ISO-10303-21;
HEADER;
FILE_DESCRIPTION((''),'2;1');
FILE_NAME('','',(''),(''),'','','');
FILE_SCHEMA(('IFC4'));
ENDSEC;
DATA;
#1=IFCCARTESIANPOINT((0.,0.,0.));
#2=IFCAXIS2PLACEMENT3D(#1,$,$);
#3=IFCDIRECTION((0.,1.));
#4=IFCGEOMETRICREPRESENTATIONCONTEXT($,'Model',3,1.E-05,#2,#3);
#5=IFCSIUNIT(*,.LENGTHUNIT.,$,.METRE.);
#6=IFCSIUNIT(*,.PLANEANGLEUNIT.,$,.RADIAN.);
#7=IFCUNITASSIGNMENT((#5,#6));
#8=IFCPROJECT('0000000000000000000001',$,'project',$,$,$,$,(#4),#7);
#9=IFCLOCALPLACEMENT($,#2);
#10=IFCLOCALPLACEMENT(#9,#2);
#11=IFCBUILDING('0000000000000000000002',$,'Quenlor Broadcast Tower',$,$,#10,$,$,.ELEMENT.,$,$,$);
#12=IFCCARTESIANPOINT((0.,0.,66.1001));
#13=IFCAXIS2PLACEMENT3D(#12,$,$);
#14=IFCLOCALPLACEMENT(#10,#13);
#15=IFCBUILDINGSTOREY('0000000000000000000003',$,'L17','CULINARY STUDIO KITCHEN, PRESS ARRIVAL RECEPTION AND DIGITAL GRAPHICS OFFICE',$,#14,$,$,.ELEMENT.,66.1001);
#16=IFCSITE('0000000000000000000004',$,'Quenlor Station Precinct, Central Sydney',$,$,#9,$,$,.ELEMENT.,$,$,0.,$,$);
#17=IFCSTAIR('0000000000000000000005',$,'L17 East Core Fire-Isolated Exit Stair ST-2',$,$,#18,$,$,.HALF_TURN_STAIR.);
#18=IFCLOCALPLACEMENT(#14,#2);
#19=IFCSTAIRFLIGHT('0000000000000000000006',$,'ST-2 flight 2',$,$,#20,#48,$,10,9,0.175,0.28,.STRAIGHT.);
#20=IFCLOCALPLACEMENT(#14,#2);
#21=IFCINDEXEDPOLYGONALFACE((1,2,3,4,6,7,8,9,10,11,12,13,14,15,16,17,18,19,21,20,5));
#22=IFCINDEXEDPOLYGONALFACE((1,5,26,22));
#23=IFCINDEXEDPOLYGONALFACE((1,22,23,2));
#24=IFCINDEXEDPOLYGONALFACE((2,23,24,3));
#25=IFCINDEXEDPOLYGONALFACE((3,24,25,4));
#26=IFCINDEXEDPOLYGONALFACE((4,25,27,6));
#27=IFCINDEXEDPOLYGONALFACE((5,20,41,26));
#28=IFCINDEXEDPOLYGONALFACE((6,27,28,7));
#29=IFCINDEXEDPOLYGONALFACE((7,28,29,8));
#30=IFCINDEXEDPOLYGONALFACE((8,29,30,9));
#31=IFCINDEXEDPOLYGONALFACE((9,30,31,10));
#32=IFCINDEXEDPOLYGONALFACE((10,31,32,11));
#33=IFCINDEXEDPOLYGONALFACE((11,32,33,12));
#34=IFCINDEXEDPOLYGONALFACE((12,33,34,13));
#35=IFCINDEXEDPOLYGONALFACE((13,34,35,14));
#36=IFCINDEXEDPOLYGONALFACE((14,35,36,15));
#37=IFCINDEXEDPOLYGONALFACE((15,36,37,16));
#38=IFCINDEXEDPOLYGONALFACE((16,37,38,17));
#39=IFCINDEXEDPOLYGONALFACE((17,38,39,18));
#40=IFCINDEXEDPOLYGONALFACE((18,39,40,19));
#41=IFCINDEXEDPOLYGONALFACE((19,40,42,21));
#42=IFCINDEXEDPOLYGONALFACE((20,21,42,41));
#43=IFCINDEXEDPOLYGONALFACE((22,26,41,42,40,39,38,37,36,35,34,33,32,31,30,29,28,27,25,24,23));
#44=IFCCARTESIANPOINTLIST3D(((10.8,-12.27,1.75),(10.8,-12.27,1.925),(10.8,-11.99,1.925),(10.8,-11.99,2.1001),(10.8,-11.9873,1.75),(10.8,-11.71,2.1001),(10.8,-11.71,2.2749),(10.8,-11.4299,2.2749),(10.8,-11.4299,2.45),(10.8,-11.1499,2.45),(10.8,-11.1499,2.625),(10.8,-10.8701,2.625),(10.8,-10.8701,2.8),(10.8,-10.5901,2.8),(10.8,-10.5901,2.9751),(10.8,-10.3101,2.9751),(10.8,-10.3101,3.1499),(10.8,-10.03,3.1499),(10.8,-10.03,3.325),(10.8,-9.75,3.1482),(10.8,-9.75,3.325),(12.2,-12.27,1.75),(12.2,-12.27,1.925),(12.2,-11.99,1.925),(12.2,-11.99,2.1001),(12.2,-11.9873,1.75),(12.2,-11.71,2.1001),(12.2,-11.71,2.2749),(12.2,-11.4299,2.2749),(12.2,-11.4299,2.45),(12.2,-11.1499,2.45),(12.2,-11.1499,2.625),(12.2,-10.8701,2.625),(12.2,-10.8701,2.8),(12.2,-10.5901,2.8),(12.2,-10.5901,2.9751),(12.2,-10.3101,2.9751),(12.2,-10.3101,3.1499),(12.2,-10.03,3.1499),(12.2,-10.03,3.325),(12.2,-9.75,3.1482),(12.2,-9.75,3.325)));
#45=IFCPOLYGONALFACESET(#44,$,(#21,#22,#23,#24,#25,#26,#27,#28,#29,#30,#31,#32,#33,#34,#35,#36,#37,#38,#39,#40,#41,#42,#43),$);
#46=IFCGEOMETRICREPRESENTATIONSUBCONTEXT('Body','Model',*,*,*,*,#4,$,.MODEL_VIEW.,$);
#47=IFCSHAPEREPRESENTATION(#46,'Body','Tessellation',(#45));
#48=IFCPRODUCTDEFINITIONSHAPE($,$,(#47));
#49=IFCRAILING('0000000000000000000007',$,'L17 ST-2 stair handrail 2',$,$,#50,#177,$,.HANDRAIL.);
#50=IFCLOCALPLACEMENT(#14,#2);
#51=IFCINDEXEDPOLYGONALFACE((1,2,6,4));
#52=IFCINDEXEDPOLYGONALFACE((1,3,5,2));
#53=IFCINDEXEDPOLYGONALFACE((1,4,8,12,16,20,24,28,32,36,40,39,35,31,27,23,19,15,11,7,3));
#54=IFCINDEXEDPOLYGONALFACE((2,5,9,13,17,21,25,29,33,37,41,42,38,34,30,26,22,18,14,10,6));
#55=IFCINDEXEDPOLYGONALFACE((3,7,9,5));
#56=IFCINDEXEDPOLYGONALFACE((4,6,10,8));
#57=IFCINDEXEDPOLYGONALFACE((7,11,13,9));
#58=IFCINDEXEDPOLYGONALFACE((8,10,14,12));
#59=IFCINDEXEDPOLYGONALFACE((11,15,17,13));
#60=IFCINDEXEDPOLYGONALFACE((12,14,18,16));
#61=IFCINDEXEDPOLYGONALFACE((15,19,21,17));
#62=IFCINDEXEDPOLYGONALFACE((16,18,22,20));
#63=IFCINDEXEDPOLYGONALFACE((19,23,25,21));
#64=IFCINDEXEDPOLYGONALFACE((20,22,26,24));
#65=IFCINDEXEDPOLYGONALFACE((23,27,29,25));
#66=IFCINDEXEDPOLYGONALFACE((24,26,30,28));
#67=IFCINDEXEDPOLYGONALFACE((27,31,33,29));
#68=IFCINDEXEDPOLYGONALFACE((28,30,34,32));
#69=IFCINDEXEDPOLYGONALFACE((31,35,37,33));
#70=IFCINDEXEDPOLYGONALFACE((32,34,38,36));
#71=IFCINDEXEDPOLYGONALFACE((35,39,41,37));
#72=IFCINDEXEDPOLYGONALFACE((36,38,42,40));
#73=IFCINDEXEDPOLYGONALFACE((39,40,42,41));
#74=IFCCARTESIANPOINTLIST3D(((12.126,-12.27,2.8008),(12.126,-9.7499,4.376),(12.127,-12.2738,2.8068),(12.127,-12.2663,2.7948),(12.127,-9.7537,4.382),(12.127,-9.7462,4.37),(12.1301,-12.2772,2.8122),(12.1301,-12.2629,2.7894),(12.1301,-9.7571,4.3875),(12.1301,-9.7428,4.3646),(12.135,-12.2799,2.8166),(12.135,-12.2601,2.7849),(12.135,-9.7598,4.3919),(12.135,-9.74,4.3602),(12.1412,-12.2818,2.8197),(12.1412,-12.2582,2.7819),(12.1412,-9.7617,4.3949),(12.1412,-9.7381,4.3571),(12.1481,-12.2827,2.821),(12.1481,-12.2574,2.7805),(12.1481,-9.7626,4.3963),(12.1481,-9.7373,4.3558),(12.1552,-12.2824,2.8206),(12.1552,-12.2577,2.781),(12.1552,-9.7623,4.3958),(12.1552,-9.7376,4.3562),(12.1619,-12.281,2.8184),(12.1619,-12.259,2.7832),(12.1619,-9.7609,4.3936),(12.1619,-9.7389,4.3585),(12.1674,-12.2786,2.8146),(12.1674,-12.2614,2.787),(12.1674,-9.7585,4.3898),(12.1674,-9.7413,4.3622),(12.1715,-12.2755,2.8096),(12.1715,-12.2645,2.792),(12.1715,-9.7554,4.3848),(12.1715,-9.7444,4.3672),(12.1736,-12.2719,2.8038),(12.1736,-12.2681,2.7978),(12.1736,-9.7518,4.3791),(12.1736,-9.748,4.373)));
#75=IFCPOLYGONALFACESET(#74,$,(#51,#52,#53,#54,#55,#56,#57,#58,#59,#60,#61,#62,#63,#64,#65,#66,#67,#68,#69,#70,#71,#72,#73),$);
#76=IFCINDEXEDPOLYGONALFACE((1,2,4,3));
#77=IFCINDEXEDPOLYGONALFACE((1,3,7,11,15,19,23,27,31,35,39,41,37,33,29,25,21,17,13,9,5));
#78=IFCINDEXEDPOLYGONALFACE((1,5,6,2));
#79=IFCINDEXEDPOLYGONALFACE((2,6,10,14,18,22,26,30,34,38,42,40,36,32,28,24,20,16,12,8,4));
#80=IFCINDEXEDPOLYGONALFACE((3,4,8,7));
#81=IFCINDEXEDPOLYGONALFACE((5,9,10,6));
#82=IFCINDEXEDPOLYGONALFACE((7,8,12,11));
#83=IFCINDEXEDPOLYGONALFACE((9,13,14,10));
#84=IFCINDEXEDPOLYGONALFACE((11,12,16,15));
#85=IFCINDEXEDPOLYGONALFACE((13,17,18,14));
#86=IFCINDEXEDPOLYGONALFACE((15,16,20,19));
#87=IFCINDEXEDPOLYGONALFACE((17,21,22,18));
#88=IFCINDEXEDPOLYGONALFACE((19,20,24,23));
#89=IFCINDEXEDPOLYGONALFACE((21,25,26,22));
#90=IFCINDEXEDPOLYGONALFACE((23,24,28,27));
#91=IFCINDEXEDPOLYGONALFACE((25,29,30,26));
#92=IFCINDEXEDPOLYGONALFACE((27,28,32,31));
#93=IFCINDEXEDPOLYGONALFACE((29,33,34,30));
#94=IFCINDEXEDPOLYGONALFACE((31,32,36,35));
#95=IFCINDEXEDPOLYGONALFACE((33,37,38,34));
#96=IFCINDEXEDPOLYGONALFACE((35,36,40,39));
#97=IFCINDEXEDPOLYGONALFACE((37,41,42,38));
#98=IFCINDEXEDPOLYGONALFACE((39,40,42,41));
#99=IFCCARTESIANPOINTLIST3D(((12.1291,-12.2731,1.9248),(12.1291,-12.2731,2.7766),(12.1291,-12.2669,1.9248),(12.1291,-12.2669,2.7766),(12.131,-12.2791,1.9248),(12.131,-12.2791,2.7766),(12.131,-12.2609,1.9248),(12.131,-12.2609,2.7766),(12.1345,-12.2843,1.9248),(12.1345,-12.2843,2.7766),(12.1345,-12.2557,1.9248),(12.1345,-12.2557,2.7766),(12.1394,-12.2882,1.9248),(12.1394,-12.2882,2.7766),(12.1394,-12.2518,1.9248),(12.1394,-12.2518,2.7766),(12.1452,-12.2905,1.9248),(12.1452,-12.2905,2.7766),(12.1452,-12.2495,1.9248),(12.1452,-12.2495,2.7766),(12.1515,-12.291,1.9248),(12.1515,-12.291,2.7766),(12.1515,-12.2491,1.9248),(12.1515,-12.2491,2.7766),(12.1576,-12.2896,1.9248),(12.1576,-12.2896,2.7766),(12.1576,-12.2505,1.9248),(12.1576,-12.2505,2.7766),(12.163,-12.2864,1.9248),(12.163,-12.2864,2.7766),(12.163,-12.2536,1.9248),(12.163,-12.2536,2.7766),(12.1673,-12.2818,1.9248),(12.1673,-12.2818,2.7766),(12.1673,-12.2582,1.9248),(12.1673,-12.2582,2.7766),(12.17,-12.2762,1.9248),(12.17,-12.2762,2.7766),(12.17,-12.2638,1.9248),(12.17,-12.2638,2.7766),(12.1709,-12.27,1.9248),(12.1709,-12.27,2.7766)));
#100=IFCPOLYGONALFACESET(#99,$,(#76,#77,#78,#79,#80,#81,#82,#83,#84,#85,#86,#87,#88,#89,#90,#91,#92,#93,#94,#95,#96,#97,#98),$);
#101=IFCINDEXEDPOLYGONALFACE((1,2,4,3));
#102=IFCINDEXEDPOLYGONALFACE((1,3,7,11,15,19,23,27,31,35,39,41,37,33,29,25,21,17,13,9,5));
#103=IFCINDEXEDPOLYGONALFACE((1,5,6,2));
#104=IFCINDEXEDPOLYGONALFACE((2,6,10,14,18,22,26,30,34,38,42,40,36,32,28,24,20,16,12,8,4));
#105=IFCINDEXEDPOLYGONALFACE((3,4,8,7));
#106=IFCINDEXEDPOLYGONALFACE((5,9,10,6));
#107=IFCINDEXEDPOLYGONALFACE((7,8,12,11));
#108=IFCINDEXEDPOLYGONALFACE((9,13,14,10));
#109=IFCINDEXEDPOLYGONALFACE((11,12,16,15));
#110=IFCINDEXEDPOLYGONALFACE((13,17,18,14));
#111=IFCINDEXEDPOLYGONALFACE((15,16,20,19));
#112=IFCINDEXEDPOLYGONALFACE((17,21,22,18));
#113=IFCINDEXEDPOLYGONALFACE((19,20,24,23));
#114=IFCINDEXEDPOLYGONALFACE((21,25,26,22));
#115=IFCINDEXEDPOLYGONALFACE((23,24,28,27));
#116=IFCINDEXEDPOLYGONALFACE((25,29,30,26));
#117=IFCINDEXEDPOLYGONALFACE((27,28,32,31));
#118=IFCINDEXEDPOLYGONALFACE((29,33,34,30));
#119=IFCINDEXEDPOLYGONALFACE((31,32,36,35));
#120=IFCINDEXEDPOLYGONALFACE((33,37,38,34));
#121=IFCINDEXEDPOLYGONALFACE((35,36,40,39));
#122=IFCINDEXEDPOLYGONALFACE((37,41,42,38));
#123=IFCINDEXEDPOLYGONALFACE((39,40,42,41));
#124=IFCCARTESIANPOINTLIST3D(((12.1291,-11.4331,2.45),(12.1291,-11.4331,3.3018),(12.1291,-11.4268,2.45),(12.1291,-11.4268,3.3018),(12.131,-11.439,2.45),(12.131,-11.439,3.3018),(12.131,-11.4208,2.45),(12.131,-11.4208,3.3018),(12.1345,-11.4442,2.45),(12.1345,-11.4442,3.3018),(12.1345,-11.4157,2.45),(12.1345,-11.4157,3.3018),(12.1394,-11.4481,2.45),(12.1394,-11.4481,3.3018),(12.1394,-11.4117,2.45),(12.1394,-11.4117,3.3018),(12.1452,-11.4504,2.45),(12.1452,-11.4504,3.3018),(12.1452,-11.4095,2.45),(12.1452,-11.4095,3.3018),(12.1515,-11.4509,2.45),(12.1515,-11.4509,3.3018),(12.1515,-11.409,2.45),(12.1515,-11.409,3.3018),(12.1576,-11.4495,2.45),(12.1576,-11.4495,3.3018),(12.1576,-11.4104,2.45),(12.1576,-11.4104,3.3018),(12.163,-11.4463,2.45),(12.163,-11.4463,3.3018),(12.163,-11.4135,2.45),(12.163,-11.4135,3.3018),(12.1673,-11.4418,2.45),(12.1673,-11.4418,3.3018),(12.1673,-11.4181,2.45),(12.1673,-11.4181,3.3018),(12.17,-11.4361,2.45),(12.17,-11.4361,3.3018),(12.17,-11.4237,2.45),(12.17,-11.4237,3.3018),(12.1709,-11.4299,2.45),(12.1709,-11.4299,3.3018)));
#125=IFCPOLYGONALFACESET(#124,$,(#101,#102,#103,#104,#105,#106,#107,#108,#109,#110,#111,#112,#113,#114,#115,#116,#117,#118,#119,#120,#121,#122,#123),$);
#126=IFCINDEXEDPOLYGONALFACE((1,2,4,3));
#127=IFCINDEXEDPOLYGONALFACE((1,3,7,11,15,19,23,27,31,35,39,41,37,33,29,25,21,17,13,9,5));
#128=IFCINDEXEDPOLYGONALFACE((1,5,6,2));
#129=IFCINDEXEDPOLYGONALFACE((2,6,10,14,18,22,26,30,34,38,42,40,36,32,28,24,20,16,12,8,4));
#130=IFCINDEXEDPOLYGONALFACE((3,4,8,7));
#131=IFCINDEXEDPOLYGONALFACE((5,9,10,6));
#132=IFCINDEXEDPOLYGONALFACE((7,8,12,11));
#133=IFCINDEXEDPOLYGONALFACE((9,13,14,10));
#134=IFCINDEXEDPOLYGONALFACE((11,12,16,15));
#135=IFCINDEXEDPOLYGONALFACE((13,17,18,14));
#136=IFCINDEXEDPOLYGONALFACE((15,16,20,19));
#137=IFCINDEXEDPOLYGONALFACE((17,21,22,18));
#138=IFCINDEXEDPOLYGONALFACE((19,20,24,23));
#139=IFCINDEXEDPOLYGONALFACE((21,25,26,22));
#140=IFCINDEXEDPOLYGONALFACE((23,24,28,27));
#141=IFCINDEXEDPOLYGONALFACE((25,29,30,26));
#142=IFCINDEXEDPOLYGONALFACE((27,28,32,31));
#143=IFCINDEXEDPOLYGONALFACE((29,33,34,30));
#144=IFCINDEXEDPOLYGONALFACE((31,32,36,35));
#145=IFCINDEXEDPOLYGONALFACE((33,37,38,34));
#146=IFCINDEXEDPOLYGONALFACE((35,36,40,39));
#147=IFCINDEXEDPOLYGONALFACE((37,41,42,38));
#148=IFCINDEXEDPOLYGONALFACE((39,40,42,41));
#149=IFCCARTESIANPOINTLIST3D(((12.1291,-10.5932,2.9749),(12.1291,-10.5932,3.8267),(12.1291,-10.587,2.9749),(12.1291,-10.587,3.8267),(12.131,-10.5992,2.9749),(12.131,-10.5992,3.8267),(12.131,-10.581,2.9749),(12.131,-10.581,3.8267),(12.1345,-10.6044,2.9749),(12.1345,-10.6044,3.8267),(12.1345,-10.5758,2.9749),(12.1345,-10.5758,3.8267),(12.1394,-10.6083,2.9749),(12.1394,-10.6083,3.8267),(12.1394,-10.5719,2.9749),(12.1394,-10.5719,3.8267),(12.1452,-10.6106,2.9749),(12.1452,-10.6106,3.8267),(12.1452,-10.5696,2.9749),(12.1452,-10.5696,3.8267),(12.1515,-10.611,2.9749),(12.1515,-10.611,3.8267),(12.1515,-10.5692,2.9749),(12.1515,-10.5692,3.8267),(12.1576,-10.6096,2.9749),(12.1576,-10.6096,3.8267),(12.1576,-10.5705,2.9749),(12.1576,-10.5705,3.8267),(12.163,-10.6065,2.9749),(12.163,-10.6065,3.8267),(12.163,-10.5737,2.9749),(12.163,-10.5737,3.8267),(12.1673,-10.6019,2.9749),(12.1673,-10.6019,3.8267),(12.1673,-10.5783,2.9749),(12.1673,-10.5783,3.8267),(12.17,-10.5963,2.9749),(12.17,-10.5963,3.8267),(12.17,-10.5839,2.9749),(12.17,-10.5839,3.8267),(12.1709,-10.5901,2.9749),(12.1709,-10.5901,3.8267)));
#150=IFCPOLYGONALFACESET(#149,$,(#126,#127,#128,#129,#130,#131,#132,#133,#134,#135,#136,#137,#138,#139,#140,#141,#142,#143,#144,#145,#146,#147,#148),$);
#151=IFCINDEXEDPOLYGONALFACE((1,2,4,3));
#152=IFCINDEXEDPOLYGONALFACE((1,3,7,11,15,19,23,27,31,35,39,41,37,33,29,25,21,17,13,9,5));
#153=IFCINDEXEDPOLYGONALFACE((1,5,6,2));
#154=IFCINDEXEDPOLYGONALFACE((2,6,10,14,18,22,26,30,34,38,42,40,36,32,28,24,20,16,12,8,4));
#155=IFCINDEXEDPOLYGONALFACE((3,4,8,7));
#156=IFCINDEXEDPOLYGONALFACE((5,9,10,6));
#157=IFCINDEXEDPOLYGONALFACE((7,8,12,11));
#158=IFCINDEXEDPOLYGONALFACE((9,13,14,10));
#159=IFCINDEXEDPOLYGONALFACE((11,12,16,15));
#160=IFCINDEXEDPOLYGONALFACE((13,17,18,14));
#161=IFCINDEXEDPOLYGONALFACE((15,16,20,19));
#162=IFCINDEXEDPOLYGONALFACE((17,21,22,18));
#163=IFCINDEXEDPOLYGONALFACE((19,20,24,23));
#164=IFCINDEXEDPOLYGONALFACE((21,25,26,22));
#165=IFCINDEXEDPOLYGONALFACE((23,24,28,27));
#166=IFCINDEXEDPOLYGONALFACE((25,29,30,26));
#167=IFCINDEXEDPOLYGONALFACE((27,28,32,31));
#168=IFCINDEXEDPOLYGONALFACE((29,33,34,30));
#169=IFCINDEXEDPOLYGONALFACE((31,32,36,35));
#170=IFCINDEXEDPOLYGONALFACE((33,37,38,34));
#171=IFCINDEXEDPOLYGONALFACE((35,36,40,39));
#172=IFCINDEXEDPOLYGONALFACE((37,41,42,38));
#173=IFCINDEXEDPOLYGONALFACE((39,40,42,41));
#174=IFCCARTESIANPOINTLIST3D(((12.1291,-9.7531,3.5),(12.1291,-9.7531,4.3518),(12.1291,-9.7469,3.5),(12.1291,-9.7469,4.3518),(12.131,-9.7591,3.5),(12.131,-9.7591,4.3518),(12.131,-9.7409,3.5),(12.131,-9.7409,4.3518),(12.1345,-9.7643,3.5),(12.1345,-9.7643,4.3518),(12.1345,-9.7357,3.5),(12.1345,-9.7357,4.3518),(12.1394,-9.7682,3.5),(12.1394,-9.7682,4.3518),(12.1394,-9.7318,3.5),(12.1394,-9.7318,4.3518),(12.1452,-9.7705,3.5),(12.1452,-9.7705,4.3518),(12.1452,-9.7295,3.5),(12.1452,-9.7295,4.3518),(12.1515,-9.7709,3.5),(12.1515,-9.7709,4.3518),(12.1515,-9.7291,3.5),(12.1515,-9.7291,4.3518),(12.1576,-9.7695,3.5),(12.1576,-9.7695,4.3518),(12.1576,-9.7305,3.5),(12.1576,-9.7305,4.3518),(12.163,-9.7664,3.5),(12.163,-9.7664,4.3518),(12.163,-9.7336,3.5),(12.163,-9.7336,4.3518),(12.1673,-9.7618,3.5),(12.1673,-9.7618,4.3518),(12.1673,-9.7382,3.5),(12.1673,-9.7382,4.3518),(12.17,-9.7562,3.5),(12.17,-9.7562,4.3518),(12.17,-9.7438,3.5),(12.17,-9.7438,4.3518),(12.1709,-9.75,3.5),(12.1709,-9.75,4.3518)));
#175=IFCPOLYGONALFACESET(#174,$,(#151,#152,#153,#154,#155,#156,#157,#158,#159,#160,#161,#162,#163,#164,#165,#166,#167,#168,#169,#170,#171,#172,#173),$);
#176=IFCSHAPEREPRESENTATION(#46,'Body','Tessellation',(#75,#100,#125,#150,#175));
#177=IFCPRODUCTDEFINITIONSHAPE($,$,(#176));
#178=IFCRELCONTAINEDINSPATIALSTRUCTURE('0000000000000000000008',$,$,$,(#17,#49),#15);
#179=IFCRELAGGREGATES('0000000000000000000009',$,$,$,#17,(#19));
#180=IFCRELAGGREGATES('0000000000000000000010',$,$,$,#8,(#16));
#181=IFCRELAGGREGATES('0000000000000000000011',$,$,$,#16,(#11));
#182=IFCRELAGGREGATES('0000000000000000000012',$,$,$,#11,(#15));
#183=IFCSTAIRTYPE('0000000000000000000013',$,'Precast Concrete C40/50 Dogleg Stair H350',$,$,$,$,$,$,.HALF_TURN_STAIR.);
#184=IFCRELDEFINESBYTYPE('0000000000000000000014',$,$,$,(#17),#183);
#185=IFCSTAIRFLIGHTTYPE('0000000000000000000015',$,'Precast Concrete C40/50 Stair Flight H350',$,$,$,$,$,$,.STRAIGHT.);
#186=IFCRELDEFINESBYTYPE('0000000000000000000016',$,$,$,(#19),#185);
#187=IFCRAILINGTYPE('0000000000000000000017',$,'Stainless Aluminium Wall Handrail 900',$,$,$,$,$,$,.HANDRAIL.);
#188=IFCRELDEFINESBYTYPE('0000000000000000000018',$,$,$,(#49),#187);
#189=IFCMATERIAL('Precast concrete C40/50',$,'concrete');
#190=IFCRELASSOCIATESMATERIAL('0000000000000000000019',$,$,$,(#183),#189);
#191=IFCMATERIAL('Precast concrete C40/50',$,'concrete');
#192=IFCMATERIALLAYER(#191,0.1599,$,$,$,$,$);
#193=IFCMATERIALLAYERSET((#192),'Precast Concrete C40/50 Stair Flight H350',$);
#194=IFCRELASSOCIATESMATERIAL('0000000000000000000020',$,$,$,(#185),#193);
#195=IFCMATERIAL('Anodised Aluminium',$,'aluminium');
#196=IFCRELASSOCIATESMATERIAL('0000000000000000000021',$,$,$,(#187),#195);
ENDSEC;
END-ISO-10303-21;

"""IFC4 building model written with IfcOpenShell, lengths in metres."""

from ifc_helpers import new_model, si_unit, direction, frame, origin, origin_2d, place, context, subcontext, project, spatial, polyline, circle, outline, extrude, material, layer, layer_set, type_object, element, aggregate, save


model = new_model("IFC4")

# Units and contexts
model_context = context("Model", 3, precision=1e-05, world=origin(), true_north=direction((0.0, 1.0)))
body_context = subcontext(model_context, "Body", "Model", "MODEL_VIEW")
ifc_project = project(units=[si_unit("LENGTHUNIT", "METRE"), si_unit("PLANEANGLEUNIT", "RADIAN")], contexts=[model_context])

# Site, building, storey
site_placement = place(None, origin())
site = spatial("IfcSite", under=ifc_project, at=site_placement, Name="Quenlor Station Precinct, Central Sydney", CompositionType="ELEMENT", RefElevation=0.0)
building_placement = place(site_placement, origin())
building = spatial("IfcBuilding", under=site, at=building_placement, Name="Quenlor Broadcast Tower", CompositionType="ELEMENT")
storey_placement = place(building_placement, frame((0.0, 0.0, 66.1001)))
storey = spatial("IfcBuildingStorey", under=building, at=storey_placement, Name="L17", Description="CULINARY STUDIO KITCHEN, PRESS ARRIVAL RECEPTION AND DIGITAL GRAPHICS OFFICE", CompositionType="ELEMENT", Elevation=66.1001)

# Stair, stair flight
ifc_material_1 = material(Name="Precast concrete C40/50", Category="concrete")
stair_type = type_object("IfcStairType", Name="Precast Concrete C40/50 Dogleg Stair H350", PredefinedType="HALF_TURN_STAIR", material=ifc_material_1)
stair_placement = place(storey_placement, origin())
stair = element("IfcStair", 1, at=stair_placement, inside=storey, type_object=stair_type, Name="L17 East Core Fire-Isolated Exit Stair ST-2", PredefinedType="HALF_TURN_STAIR")
ifc_material_2 = material(Name="Precast concrete C40/50", Category="concrete")
ifc_layer_1 = layer(ifc_material_2, 0.1599)
ifc_layer_set_1 = layer_set([ifc_layer_1], Name="Precast Concrete C40/50 Stair Flight H350")
stair_flight_type = type_object("IfcStairFlightType", Name="Precast Concrete C40/50 Stair Flight H350", PredefinedType="STRAIGHT", material=ifc_layer_set_1)
stair_flight_placement = place(storey_placement, frame((11.5, -12.27, 1.75), z_axis=(0.0, 0.0, 1.0), x_axis=(0.0, 1.0, 0.0)))
stair_flight = element("IfcStairFlight", 2, at=stair_flight_placement, type_object=stair_flight_type, Name="ST-2 flight 2", NumberOfRisers=10, NumberOfTreads=9, PredefinedType="STRAIGHT", RiserHeight=0.175, TreadLength=0.28, context=body_context, shape_type="SweptSolid", body=[
    extrude(outline(polyline([(0.0, 0.0), (0.0, 0.175), (0.28, 0.175), (0.28, 0.3501), (0.5601, 0.3501), (0.5601, 0.5249), (0.8401, 0.5249), (0.8401, 0.7), (1.1201, 0.7), (1.1201, 0.875), (1.3999, 0.875), (1.3999, 1.05), (1.6799, 1.05), (1.6799, 1.2251), (1.96, 1.2251), (1.96, 1.3999), (2.24, 1.3999), (2.24, 1.575), (2.52, 1.575), (2.52, 1.75), (2.52, 1.3982), (0.2827, 0.0), (0.0, 0.0)])), frame((0.0, 0.7, 0.0), z_axis=(0.0, -1.0, 0.0), x_axis=(1.0, 0.0, 0.0)), (0.0, 0.0, 1.0), 1.3999),
])
aggregate(stair, [stair_flight])

# Railing
ifc_material_3 = material(Name="Anodised Aluminium", Category="aluminium")
railing_type = type_object("IfcRailingType", Name="Stainless Aluminium Wall Handrail 900", PredefinedType="HANDRAIL", material=ifc_material_3)
railing_placement = place(storey_placement, frame((12.1499, -12.27, 1.9248)))
element("IfcRailing", 3, at=railing_placement, inside=storey, type_object=railing_type, Name="L17 ST-2 stair handrail 2", PredefinedType="HANDRAIL", context=body_context, shape_type="SweptSolid", body=[
    extrude(circle(Radius=0.0239, at=origin_2d()), frame((0.0, 0.0, 0.876), z_axis=(0.0, 0.847971, 0.530043), x_axis=(-1.0, 0.0, 0.0)), (0.0, 0.0, 1.0), 2.9719),
    extrude(circle(Radius=0.021, at=origin_2d()), origin(), (0.0, 0.0, 1.0), 0.8518),
    extrude(circle(Radius=0.021, at=origin_2d()), frame((0.0, 0.8401, 0.5251)), (0.0, 0.0, 1.0), 0.8518),
    extrude(circle(Radius=0.021, at=origin_2d()), frame((0.0, 1.6799, 1.05)), (0.0, 0.0, 1.0), 0.8518),
    extrude(circle(Radius=0.021, at=origin_2d()), frame((0.0, 2.52, 1.5752)), (0.0, 0.0, 1.0), 0.8518),
])

save(model, "model.ifc")
